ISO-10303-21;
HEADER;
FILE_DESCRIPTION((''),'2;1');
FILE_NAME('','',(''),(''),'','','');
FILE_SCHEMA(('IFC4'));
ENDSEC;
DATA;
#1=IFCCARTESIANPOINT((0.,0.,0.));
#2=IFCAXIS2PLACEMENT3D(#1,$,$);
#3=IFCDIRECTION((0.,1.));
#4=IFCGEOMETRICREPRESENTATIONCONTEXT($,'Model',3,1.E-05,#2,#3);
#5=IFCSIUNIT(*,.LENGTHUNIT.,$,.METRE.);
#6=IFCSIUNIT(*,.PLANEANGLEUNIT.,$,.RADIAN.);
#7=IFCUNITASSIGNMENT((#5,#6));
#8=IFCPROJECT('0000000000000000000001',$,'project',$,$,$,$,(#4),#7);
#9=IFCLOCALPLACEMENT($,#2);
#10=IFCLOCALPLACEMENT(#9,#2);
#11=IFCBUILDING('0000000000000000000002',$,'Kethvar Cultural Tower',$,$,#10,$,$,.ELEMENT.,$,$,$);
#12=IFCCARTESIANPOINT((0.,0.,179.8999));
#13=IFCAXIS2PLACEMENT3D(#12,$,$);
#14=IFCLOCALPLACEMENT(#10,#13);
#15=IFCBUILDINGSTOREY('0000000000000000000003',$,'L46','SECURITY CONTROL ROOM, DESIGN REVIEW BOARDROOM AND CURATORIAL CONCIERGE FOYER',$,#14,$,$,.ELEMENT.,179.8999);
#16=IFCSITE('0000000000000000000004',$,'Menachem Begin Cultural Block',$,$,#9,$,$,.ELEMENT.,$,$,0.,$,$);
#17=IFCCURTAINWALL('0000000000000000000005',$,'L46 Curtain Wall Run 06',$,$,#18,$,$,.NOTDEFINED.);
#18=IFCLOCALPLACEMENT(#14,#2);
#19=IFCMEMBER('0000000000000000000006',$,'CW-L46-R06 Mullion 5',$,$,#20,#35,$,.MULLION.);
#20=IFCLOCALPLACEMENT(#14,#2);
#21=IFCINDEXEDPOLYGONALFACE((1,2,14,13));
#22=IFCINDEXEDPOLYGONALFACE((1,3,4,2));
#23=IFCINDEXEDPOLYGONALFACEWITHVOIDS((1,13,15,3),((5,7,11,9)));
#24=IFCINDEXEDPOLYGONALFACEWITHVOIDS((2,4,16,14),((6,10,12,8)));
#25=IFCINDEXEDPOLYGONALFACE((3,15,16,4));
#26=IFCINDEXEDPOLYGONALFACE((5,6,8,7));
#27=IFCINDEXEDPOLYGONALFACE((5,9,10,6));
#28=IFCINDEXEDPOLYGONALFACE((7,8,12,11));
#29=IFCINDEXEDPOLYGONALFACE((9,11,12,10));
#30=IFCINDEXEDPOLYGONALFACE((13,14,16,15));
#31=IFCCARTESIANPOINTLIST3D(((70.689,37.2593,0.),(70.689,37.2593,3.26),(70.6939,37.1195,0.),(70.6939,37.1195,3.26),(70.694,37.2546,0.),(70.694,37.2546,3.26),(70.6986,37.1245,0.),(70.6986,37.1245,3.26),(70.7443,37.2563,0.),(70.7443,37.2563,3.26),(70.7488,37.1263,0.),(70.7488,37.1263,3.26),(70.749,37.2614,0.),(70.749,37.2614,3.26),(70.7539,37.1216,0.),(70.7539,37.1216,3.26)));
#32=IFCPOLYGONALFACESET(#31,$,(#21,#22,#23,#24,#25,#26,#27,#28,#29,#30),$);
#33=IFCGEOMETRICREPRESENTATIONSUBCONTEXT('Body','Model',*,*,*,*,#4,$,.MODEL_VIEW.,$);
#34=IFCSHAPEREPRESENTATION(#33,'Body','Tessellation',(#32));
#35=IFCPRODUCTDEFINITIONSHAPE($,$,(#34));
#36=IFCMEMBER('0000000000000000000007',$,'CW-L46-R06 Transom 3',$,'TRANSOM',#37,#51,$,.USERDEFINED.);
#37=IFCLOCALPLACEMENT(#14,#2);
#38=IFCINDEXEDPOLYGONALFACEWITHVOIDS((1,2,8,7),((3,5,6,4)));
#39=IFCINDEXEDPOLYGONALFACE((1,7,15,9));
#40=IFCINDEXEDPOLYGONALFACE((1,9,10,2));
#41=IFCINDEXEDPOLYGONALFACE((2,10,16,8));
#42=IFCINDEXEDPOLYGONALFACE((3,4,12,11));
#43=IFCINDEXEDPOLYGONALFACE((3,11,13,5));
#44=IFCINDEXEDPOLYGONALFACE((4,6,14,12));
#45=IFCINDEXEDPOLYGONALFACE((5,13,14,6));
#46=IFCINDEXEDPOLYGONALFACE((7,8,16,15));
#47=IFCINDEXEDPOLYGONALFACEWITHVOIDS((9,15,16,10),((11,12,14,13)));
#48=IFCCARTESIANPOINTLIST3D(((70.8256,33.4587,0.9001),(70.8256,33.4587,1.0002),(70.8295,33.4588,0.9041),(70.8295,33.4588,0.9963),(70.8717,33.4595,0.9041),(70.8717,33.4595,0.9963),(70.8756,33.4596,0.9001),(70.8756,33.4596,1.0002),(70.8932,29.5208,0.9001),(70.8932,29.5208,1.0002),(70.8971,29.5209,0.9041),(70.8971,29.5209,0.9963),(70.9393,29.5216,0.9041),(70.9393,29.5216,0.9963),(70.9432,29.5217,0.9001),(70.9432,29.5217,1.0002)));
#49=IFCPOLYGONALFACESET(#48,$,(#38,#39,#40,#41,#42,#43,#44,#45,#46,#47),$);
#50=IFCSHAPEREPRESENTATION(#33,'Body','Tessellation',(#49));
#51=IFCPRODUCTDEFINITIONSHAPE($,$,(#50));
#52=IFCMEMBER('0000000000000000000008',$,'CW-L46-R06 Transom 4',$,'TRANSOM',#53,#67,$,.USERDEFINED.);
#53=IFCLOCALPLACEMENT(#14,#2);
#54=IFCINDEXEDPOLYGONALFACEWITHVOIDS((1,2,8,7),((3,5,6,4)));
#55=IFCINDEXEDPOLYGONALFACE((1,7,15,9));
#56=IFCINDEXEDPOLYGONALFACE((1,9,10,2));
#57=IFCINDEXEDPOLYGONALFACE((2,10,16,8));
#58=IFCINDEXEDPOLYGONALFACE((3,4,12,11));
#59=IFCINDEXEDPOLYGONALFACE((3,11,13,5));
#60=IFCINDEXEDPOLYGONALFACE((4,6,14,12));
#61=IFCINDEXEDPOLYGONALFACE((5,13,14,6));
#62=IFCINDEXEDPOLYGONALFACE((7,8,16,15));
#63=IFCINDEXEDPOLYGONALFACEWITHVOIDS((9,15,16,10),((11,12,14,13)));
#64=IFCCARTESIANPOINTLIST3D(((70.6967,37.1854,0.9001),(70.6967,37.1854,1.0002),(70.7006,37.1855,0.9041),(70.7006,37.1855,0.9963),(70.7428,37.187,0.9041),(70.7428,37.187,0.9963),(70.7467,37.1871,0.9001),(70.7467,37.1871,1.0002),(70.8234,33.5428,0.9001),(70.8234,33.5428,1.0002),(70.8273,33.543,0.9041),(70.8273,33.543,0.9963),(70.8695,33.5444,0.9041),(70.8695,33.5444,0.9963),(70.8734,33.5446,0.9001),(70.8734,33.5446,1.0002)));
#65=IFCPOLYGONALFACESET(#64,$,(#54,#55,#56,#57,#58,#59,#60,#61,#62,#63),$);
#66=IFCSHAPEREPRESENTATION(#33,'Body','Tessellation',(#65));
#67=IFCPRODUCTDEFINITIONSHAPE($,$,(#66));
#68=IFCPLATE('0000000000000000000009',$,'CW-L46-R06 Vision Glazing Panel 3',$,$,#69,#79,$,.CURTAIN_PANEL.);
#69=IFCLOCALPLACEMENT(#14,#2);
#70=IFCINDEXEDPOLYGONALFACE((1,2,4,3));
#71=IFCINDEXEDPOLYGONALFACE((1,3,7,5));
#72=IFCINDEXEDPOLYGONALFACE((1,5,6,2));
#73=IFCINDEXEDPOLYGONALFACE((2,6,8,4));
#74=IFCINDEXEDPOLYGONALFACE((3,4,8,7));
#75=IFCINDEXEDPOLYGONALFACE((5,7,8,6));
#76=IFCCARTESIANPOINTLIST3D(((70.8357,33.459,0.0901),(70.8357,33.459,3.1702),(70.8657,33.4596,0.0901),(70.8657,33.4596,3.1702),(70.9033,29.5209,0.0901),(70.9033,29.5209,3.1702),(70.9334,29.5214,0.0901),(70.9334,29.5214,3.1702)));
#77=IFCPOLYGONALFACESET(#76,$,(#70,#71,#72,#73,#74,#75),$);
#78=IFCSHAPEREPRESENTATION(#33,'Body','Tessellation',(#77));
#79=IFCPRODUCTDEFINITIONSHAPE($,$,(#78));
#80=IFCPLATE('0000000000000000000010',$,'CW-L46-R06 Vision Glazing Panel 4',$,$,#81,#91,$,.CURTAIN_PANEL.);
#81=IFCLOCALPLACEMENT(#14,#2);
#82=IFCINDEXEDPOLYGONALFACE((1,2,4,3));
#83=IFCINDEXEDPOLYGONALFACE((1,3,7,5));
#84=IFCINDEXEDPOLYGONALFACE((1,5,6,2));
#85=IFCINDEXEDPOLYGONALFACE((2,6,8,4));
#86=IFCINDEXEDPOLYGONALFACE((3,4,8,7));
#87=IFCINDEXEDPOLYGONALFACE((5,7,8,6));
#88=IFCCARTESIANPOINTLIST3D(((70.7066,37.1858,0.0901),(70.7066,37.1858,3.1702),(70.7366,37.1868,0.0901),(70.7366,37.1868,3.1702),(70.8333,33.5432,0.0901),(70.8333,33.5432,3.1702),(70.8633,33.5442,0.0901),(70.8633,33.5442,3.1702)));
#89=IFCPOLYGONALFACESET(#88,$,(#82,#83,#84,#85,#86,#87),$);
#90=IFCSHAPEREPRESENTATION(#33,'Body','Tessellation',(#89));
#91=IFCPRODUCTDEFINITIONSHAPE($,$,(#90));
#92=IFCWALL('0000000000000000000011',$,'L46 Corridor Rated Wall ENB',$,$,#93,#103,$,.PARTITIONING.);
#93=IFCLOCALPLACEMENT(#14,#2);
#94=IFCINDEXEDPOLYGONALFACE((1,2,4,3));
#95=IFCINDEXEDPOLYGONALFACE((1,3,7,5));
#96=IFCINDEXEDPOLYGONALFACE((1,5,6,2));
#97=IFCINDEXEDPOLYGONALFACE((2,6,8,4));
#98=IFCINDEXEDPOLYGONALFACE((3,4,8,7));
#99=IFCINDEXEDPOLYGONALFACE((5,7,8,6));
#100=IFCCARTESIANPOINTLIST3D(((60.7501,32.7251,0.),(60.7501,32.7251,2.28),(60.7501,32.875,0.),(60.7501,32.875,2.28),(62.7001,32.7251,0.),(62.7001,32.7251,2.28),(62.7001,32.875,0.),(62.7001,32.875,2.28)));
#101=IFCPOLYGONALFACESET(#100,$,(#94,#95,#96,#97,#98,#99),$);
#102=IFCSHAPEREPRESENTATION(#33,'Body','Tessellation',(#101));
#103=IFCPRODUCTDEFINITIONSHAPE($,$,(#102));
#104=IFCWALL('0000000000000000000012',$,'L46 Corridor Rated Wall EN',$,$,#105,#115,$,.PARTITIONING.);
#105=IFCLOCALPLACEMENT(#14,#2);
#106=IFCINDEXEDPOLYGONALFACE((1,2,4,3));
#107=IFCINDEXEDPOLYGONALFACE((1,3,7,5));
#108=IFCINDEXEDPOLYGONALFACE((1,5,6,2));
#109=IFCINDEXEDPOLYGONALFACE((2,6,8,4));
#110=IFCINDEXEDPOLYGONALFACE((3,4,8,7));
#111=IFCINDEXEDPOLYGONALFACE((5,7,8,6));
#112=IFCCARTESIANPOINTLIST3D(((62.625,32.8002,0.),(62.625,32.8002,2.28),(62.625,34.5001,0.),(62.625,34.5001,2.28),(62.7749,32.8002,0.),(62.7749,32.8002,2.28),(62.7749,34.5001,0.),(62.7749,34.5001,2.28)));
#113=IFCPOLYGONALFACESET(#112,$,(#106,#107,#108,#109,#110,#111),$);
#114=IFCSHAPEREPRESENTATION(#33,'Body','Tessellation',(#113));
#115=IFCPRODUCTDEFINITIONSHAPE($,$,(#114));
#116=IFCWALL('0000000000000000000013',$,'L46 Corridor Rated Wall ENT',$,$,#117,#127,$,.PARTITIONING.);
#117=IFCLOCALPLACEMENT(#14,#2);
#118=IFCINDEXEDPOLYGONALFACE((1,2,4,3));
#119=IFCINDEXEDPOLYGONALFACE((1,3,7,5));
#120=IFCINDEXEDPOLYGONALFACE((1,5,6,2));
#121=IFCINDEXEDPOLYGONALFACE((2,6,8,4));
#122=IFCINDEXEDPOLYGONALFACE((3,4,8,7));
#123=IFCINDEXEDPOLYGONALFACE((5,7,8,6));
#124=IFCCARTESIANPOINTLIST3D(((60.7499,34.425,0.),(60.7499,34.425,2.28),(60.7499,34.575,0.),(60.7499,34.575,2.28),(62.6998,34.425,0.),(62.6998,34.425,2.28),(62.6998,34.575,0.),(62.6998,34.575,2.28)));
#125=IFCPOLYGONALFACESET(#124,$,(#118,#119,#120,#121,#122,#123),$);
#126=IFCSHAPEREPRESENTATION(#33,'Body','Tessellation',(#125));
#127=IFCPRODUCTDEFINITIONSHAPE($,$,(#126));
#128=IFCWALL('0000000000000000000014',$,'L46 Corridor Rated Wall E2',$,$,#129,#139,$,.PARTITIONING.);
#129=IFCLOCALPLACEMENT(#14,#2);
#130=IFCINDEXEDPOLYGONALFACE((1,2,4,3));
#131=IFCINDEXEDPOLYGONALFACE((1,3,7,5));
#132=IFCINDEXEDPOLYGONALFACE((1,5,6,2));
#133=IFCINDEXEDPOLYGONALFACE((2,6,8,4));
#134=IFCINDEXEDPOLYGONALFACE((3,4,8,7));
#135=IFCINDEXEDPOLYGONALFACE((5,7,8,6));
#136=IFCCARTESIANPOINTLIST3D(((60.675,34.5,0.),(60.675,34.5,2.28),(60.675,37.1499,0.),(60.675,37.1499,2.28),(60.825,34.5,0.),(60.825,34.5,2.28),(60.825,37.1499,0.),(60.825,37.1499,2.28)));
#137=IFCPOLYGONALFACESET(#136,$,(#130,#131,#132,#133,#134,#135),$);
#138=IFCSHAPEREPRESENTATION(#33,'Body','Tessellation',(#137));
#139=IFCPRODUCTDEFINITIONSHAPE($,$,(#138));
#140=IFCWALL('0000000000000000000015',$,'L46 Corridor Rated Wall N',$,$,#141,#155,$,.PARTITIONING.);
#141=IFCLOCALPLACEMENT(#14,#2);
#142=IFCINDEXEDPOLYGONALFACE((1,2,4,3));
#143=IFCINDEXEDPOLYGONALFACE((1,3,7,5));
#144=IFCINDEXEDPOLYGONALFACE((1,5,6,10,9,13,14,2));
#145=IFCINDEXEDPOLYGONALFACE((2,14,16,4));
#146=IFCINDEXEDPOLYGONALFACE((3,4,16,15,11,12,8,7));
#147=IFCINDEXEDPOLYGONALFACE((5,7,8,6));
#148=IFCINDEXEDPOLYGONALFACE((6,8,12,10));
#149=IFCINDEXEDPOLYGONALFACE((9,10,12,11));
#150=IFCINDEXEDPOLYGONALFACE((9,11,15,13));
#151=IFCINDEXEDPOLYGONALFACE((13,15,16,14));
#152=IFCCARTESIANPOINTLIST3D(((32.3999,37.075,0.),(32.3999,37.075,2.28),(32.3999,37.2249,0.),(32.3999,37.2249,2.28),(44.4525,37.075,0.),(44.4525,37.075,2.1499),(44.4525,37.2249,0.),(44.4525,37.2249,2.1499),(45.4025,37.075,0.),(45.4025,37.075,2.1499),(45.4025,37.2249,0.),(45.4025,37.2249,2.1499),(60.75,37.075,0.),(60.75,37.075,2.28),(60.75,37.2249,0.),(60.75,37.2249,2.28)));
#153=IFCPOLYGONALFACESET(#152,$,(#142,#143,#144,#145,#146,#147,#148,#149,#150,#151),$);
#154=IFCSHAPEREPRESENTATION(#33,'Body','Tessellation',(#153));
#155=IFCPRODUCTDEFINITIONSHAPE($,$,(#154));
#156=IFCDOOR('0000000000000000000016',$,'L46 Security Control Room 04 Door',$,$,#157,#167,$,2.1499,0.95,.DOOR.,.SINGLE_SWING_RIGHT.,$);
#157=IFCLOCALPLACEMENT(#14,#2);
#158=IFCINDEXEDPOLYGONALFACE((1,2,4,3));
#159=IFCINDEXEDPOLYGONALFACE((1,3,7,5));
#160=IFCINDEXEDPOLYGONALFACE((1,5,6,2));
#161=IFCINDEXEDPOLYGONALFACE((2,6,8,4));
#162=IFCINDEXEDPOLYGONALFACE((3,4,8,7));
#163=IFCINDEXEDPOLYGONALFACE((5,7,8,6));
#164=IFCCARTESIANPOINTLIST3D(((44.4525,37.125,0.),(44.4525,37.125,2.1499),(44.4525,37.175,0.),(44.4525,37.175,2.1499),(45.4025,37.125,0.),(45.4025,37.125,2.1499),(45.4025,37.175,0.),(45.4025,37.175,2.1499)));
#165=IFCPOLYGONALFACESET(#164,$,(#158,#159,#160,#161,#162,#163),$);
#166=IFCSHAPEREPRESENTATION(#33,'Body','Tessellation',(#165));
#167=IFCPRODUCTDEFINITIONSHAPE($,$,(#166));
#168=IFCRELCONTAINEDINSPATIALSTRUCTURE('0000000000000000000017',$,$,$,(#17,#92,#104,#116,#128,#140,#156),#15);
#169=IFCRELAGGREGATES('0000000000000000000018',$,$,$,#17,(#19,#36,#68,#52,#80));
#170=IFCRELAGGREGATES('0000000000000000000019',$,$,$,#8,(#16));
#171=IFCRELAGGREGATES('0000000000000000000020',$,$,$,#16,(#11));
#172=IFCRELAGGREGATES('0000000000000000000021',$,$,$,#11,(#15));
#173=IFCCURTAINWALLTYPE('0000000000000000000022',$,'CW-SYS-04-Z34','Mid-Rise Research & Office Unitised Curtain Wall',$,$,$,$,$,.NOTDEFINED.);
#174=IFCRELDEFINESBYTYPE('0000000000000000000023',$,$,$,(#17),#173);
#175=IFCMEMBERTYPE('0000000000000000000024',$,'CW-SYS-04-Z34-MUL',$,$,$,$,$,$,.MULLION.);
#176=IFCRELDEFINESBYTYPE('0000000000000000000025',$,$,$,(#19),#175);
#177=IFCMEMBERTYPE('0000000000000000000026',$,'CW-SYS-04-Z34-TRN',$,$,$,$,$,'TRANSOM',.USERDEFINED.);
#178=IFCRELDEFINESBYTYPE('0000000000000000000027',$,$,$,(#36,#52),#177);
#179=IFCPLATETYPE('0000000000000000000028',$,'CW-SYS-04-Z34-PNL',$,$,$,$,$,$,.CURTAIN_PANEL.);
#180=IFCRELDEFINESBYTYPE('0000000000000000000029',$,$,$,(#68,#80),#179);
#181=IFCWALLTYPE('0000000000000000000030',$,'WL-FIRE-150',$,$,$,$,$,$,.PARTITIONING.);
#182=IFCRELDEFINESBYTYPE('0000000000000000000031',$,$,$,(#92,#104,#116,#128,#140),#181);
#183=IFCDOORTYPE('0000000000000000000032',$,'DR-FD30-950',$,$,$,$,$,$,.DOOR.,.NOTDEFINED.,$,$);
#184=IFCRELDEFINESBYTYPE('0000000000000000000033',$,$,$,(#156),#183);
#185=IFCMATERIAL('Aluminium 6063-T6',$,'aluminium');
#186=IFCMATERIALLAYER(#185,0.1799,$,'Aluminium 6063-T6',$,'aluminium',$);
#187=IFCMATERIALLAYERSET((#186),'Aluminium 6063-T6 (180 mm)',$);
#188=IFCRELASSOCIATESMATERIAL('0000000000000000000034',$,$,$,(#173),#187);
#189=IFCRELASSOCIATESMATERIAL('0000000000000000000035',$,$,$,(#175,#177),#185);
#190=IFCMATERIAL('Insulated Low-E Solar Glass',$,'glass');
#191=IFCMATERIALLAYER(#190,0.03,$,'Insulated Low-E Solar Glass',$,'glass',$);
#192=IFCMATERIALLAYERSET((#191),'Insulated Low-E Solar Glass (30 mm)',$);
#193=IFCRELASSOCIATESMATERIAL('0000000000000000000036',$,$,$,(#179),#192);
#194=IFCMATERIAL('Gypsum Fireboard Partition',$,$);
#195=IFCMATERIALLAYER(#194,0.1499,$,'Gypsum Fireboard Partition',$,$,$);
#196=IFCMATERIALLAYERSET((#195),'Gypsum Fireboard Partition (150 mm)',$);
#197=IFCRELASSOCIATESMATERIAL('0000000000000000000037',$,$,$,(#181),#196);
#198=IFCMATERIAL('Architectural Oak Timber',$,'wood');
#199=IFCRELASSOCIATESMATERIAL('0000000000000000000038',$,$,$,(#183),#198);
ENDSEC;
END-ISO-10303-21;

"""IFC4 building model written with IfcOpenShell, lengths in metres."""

from ifc_helpers import new_model, si_unit, direction, frame, frame_2d, origin, origin_2d, place, context, subcontext, project, spatial, rectangle, hollow_rectangle, extrude, source, transform, mapped, material, layer, layer_set, material_profile, profile_set, type_object, element, fill, aggregate, save


model = new_model("IFC4")

# Units and contexts
model_context = context("Model", 3, precision=1e-05, world=origin(), true_north=direction((0.0, 1.0)))
body_context = subcontext(model_context, "Body", "Model", "MODEL_VIEW")
ifc_project = project(units=[si_unit("LENGTHUNIT", "METRE"), si_unit("PLANEANGLEUNIT", "RADIAN")], contexts=[model_context])

# Site, building, storey
site_placement = place(None, origin())
site = spatial("IfcSite", under=ifc_project, at=site_placement, Name="Menachem Begin Cultural Block", CompositionType="ELEMENT", RefElevation=0.0)
building_placement = place(site_placement, origin())
building = spatial("IfcBuilding", under=site, at=building_placement, Name="Kethvar Cultural Tower", CompositionType="ELEMENT")
storey_placement = place(building_placement, frame((0.0, 0.0, 179.8999)))
storey = spatial("IfcBuildingStorey", under=building, at=storey_placement, Name="L46", Description="SECURITY CONTROL ROOM, DESIGN REVIEW BOARDROOM AND CURATORIAL CONCIERGE FOYER", CompositionType="ELEMENT", Elevation=179.8999)

# Curtain wall, members, plates
ifc_material_1 = material(Name="Aluminium 6063-T6", Category="aluminium")
ifc_layer_1 = layer(ifc_material_1, 0.1799, Name="Aluminium 6063-T6", Category="aluminium")
ifc_layer_set_1 = layer_set([ifc_layer_1], Name="Aluminium 6063-T6 (180 mm)")
curtain_wall_type = type_object("IfcCurtainWallType", Name="CW-SYS-04-Z34", Description="Mid-Rise Research & Office Unitised Curtain Wall", PredefinedType="NOTDEFINED", material=ifc_layer_set_1)
curtain_wall_placement = place(storey_placement, origin())
curtain_wall = element("IfcCurtainWall", 1, at=curtain_wall_placement, inside=storey, type_object=curtain_wall_type, Name="L46 Curtain Wall Run 06", PredefinedType="NOTDEFINED")
ifc_material_profile_1 = material_profile(ifc_material_1, hollow_rectangle(XDim=0.0601, YDim=0.1399, WallThickness=0.0049, at=origin_2d()), Name="Aluminium 6063-T6 — RHS140x60x5")
ifc_profile_set_1 = profile_set([ifc_material_profile_1], Name="Aluminium 6063-T6 — RHS140x60x5")
member_type_1 = type_object("IfcMemberType", Name="CW-SYS-04-Z34-MUL", PredefinedType="MULLION", material=ifc_profile_set_1)
shared_shape_1 = source(origin(), body_context, "Body", "SweptSolid", [
    extrude(hollow_rectangle(XDim=0.0601, YDim=0.1399, WallThickness=0.0049, at=origin_2d()), origin(), (0.0, 0.0, 1.0), 3.26),
])
member_1_placement = place(storey_placement, frame((70.7214, 37.1904, 0.0), z_axis=(0.0, 0.0, 1.0), x_axis=(-0.999396, -0.03476, 0.0)))
member_1 = element("IfcMember", 2, at=member_1_placement, type_object=member_type_1, Name="CW-L46-R06 Mullion 5", PredefinedType="MULLION", context=body_context, shape_type="MappedRepresentation", body=[
    mapped(shared_shape_1, transform((0.0, 0.0, 0.0), scale=1.0)),
])
ifc_material_profile_2 = material_profile(ifc_material_1, hollow_rectangle(XDim=0.05, YDim=0.1001, WallThickness=0.0039, at=origin_2d()), Name="Aluminium 6063-T6 — RHS100x50x4")
ifc_profile_set_2 = profile_set([ifc_material_profile_2], Name="Aluminium 6063-T6 — RHS100x50x4")
member_type_2 = type_object("IfcMemberType", Name="CW-SYS-04-Z34-TRN", ElementType="TRANSOM", PredefinedType="USERDEFINED", material=ifc_profile_set_2)
shared_shape_2 = source(origin(), body_context, "Body", "SweptSolid", [
    extrude(hollow_rectangle(XDim=0.05, YDim=0.1001, WallThickness=0.0039, at=origin_2d()), origin(), (0.0, 0.0, 1.0), 3.9385),
])
member_2_placement = place(storey_placement, frame((70.9182, 29.5212, 0.9502), z_axis=(-0.01717, 0.999853, 0.0), x_axis=(-0.999853, -0.01717, 0.0)))
member_2 = element("IfcMember", 3, at=member_2_placement, type_object=member_type_2, Name="CW-L46-R06 Transom 3", ObjectType="TRANSOM", PredefinedType="USERDEFINED", context=body_context, shape_type="MappedRepresentation", body=[
    mapped(shared_shape_2, transform((0.0, 0.0, 0.0), scale=1.0)),
])
shared_shape_3 = source(origin(), body_context, "Body", "SweptSolid", [
    extrude(hollow_rectangle(XDim=0.05, YDim=0.1001, WallThickness=0.0039, at=origin_2d()), origin(), (0.0, 0.0, 1.0), 3.6448),
])
member_3_placement = place(storey_placement, frame((70.8484, 33.5437, 0.9502), z_axis=(-0.034764, 0.999396, 0.0), x_axis=(-0.999396, -0.034764, 0.0)))
member_3 = element("IfcMember", 4, at=member_3_placement, type_object=member_type_2, Name="CW-L46-R06 Transom 4", ObjectType="TRANSOM", PredefinedType="USERDEFINED", context=body_context, shape_type="MappedRepresentation", body=[
    mapped(shared_shape_3, transform((0.0, 0.0, 0.0), scale=1.0)),
])
ifc_material_2 = material(Name="Insulated Low-E Solar Glass", Category="glass")
ifc_layer_2 = layer(ifc_material_2, 0.03, Name="Insulated Low-E Solar Glass", Category="glass")
ifc_layer_set_2 = layer_set([ifc_layer_2], Name="Insulated Low-E Solar Glass (30 mm)")
plate_type = type_object("IfcPlateType", Name="CW-SYS-04-Z34-PNL", PredefinedType="CURTAIN_PANEL", material=ifc_layer_set_2)
shared_shape_4 = source(origin(), body_context, "Body", "SweptSolid", [
    extrude(rectangle(XDim=3.9387, YDim=0.03, at=origin_2d()), origin(), (0.0, 0.0, 1.0), 3.0801),
])
plate_1_placement = place(storey_placement, frame((70.8845, 31.4902, 0.0901), z_axis=(0.0, 0.0, 1.0), x_axis=(-0.017173, 0.999853, 0.0)))
plate_1 = element("IfcPlate", 5, at=plate_1_placement, type_object=plate_type, Name="CW-L46-R06 Vision Glazing Panel 3", PredefinedType="CURTAIN_PANEL", context=body_context, shape_type="MappedRepresentation", body=[
    mapped(shared_shape_4, transform((0.0, 0.0, 0.0), scale=1.0)),
])
shared_shape_5 = source(origin(), body_context, "Body", "SweptSolid", [
    extrude(rectangle(XDim=3.6448, YDim=0.03, at=origin_2d()), origin(), (0.0, 0.0, 1.0), 3.0801),
])
plate_2_placement = place(storey_placement, frame((70.7849, 35.365, 0.0901), z_axis=(0.0, 0.0, 1.0), x_axis=(-0.03476, 0.999396, 0.0)))
plate_2 = element("IfcPlate", 6, at=plate_2_placement, type_object=plate_type, Name="CW-L46-R06 Vision Glazing Panel 4", PredefinedType="CURTAIN_PANEL", context=body_context, shape_type="MappedRepresentation", body=[
    mapped(shared_shape_5, transform((0.0, 0.0, 0.0), scale=1.0)),
])
aggregate(curtain_wall, [member_1, member_2, plate_1, member_3, plate_2])

# Walls
ifc_material_3 = material(Name="Gypsum Fireboard Partition")
ifc_layer_3 = layer(ifc_material_3, 0.1499, Name="Gypsum Fireboard Partition")
ifc_layer_set_3 = layer_set([ifc_layer_3], Name="Gypsum Fireboard Partition (150 mm)")
wall_type = type_object("IfcWallType", Name="WL-FIRE-150", PredefinedType="PARTITIONING", material=ifc_layer_set_3)
wall_1_placement = place(storey_placement, frame((60.75, 32.8, 0.0), z_axis=(0.0, 0.0, 1.0), x_axis=(1.0, 0.0, 0.0)))
element("IfcWall", 7, at=wall_1_placement, inside=storey, type_object=wall_type, Name="L46 Corridor Rated Wall ENB", PredefinedType="PARTITIONING", context=body_context, shape_type="SweptSolid", body=[
    extrude(rectangle(XDim=1.95, YDim=0.1499, at=frame_2d((0.9751, 0.0))), origin(), (0.0, 0.0, 1.0), 2.28),
])
wall_2_placement = place(storey_placement, frame((62.7, 32.8, 0.0), z_axis=(0.0, 0.0, 1.0), x_axis=(0.0, 1.0, 0.0)))
element("IfcWall", 8, at=wall_2_placement, inside=storey, type_object=wall_type, Name="L46 Corridor Rated Wall EN", PredefinedType="PARTITIONING", context=body_context, shape_type="SweptSolid", body=[
    extrude(rectangle(XDim=1.7, YDim=0.1499, at=frame_2d((0.8501, 0.0))), origin(), (0.0, 0.0, 1.0), 2.28),
])
wall_3_placement = place(storey_placement, frame((62.7, 34.5, 0.0), z_axis=(0.0, 0.0, 1.0), x_axis=(-1.0, 0.0, 0.0)))
element("IfcWall", 9, at=wall_3_placement, inside=storey, type_object=wall_type, Name="L46 Corridor Rated Wall ENT", PredefinedType="PARTITIONING", context=body_context, shape_type="SweptSolid", body=[
    extrude(rectangle(XDim=1.95, YDim=0.1499, at=frame_2d((0.9751, 0.0))), origin(), (0.0, 0.0, 1.0), 2.28),
])
wall_4_placement = place(storey_placement, frame((60.75, 34.5, 0.0), z_axis=(0.0, 0.0, 1.0), x_axis=(0.0, 1.0, 0.0)))
element("IfcWall", 10, at=wall_4_placement, inside=storey, type_object=wall_type, Name="L46 Corridor Rated Wall E2", PredefinedType="PARTITIONING", context=body_context, shape_type="SweptSolid", body=[
    extrude(rectangle(XDim=2.6499, YDim=0.1499, at=frame_2d((1.325, 0.0))), origin(), (0.0, 0.0, 1.0), 2.28),
])

# Wall, opening, door
wall_5_placement = place(storey_placement, frame((60.75, 37.1499, 0.0), z_axis=(0.0, 0.0, 1.0), x_axis=(-1.0, 0.0, 0.0)))
wall_5 = element("IfcWall", 11, at=wall_5_placement, inside=storey, type_object=wall_type, Name="L46 Corridor Rated Wall N", PredefinedType="PARTITIONING", context=body_context, shape_type="SweptSolid", body=[
    extrude(rectangle(XDim=28.3501, YDim=0.1499, at=frame_2d((14.175, 0.0))), origin(), (0.0, 0.0, 1.0), 2.28),
])
opening_placement = place(wall_5_placement, frame((15.3474, 0.0, 0.0)))
opening = element("IfcOpeningElement", 12, at=opening_placement, cuts=wall_5, PredefinedType="OPENING", context=body_context, shape_type="SweptSolid", body=[
    extrude(rectangle(XDim=0.95, YDim=2.1499, at=frame_2d((0.4751, 1.075))), frame((0.0, 0.085, 0.0), z_axis=(0.0, -1.0, 0.0), x_axis=(1.0, 0.0, 0.0)), (0.0, 0.0, 1.0), 0.1699),
])
ifc_material_4 = material(Name="Architectural Oak Timber", Category="wood")
door_type = type_object("IfcDoorType", Name="DR-FD30-950", OperationType="NOTDEFINED", PredefinedType="DOOR", material=ifc_material_4)
shared_shape_6 = source(origin(), body_context, "Body", "SweptSolid", [
    extrude(rectangle(XDim=0.95, YDim=2.1499, at=frame_2d((0.4751, 1.075))), frame((0.0, 0.0249, 0.0), z_axis=(0.0, -1.0, 0.0), x_axis=(1.0, 0.0, 0.0)), (0.0, 0.0, 1.0), 0.05),
])
door_placement = place(opening_placement, origin())
door = element("IfcDoor", 13, at=door_placement, inside=storey, type_object=door_type, Name="L46 Security Control Room 04 Door", OperationType="SINGLE_SWING_RIGHT", OverallHeight=2.1499, OverallWidth=0.95, PredefinedType="DOOR", context=body_context, shape_type="MappedRepresentation", body=[
    mapped(shared_shape_6, transform((0.0, 0.0, 0.0), scale=1.0)),
])
fill(opening, door)

save(model, "model.ifc")
